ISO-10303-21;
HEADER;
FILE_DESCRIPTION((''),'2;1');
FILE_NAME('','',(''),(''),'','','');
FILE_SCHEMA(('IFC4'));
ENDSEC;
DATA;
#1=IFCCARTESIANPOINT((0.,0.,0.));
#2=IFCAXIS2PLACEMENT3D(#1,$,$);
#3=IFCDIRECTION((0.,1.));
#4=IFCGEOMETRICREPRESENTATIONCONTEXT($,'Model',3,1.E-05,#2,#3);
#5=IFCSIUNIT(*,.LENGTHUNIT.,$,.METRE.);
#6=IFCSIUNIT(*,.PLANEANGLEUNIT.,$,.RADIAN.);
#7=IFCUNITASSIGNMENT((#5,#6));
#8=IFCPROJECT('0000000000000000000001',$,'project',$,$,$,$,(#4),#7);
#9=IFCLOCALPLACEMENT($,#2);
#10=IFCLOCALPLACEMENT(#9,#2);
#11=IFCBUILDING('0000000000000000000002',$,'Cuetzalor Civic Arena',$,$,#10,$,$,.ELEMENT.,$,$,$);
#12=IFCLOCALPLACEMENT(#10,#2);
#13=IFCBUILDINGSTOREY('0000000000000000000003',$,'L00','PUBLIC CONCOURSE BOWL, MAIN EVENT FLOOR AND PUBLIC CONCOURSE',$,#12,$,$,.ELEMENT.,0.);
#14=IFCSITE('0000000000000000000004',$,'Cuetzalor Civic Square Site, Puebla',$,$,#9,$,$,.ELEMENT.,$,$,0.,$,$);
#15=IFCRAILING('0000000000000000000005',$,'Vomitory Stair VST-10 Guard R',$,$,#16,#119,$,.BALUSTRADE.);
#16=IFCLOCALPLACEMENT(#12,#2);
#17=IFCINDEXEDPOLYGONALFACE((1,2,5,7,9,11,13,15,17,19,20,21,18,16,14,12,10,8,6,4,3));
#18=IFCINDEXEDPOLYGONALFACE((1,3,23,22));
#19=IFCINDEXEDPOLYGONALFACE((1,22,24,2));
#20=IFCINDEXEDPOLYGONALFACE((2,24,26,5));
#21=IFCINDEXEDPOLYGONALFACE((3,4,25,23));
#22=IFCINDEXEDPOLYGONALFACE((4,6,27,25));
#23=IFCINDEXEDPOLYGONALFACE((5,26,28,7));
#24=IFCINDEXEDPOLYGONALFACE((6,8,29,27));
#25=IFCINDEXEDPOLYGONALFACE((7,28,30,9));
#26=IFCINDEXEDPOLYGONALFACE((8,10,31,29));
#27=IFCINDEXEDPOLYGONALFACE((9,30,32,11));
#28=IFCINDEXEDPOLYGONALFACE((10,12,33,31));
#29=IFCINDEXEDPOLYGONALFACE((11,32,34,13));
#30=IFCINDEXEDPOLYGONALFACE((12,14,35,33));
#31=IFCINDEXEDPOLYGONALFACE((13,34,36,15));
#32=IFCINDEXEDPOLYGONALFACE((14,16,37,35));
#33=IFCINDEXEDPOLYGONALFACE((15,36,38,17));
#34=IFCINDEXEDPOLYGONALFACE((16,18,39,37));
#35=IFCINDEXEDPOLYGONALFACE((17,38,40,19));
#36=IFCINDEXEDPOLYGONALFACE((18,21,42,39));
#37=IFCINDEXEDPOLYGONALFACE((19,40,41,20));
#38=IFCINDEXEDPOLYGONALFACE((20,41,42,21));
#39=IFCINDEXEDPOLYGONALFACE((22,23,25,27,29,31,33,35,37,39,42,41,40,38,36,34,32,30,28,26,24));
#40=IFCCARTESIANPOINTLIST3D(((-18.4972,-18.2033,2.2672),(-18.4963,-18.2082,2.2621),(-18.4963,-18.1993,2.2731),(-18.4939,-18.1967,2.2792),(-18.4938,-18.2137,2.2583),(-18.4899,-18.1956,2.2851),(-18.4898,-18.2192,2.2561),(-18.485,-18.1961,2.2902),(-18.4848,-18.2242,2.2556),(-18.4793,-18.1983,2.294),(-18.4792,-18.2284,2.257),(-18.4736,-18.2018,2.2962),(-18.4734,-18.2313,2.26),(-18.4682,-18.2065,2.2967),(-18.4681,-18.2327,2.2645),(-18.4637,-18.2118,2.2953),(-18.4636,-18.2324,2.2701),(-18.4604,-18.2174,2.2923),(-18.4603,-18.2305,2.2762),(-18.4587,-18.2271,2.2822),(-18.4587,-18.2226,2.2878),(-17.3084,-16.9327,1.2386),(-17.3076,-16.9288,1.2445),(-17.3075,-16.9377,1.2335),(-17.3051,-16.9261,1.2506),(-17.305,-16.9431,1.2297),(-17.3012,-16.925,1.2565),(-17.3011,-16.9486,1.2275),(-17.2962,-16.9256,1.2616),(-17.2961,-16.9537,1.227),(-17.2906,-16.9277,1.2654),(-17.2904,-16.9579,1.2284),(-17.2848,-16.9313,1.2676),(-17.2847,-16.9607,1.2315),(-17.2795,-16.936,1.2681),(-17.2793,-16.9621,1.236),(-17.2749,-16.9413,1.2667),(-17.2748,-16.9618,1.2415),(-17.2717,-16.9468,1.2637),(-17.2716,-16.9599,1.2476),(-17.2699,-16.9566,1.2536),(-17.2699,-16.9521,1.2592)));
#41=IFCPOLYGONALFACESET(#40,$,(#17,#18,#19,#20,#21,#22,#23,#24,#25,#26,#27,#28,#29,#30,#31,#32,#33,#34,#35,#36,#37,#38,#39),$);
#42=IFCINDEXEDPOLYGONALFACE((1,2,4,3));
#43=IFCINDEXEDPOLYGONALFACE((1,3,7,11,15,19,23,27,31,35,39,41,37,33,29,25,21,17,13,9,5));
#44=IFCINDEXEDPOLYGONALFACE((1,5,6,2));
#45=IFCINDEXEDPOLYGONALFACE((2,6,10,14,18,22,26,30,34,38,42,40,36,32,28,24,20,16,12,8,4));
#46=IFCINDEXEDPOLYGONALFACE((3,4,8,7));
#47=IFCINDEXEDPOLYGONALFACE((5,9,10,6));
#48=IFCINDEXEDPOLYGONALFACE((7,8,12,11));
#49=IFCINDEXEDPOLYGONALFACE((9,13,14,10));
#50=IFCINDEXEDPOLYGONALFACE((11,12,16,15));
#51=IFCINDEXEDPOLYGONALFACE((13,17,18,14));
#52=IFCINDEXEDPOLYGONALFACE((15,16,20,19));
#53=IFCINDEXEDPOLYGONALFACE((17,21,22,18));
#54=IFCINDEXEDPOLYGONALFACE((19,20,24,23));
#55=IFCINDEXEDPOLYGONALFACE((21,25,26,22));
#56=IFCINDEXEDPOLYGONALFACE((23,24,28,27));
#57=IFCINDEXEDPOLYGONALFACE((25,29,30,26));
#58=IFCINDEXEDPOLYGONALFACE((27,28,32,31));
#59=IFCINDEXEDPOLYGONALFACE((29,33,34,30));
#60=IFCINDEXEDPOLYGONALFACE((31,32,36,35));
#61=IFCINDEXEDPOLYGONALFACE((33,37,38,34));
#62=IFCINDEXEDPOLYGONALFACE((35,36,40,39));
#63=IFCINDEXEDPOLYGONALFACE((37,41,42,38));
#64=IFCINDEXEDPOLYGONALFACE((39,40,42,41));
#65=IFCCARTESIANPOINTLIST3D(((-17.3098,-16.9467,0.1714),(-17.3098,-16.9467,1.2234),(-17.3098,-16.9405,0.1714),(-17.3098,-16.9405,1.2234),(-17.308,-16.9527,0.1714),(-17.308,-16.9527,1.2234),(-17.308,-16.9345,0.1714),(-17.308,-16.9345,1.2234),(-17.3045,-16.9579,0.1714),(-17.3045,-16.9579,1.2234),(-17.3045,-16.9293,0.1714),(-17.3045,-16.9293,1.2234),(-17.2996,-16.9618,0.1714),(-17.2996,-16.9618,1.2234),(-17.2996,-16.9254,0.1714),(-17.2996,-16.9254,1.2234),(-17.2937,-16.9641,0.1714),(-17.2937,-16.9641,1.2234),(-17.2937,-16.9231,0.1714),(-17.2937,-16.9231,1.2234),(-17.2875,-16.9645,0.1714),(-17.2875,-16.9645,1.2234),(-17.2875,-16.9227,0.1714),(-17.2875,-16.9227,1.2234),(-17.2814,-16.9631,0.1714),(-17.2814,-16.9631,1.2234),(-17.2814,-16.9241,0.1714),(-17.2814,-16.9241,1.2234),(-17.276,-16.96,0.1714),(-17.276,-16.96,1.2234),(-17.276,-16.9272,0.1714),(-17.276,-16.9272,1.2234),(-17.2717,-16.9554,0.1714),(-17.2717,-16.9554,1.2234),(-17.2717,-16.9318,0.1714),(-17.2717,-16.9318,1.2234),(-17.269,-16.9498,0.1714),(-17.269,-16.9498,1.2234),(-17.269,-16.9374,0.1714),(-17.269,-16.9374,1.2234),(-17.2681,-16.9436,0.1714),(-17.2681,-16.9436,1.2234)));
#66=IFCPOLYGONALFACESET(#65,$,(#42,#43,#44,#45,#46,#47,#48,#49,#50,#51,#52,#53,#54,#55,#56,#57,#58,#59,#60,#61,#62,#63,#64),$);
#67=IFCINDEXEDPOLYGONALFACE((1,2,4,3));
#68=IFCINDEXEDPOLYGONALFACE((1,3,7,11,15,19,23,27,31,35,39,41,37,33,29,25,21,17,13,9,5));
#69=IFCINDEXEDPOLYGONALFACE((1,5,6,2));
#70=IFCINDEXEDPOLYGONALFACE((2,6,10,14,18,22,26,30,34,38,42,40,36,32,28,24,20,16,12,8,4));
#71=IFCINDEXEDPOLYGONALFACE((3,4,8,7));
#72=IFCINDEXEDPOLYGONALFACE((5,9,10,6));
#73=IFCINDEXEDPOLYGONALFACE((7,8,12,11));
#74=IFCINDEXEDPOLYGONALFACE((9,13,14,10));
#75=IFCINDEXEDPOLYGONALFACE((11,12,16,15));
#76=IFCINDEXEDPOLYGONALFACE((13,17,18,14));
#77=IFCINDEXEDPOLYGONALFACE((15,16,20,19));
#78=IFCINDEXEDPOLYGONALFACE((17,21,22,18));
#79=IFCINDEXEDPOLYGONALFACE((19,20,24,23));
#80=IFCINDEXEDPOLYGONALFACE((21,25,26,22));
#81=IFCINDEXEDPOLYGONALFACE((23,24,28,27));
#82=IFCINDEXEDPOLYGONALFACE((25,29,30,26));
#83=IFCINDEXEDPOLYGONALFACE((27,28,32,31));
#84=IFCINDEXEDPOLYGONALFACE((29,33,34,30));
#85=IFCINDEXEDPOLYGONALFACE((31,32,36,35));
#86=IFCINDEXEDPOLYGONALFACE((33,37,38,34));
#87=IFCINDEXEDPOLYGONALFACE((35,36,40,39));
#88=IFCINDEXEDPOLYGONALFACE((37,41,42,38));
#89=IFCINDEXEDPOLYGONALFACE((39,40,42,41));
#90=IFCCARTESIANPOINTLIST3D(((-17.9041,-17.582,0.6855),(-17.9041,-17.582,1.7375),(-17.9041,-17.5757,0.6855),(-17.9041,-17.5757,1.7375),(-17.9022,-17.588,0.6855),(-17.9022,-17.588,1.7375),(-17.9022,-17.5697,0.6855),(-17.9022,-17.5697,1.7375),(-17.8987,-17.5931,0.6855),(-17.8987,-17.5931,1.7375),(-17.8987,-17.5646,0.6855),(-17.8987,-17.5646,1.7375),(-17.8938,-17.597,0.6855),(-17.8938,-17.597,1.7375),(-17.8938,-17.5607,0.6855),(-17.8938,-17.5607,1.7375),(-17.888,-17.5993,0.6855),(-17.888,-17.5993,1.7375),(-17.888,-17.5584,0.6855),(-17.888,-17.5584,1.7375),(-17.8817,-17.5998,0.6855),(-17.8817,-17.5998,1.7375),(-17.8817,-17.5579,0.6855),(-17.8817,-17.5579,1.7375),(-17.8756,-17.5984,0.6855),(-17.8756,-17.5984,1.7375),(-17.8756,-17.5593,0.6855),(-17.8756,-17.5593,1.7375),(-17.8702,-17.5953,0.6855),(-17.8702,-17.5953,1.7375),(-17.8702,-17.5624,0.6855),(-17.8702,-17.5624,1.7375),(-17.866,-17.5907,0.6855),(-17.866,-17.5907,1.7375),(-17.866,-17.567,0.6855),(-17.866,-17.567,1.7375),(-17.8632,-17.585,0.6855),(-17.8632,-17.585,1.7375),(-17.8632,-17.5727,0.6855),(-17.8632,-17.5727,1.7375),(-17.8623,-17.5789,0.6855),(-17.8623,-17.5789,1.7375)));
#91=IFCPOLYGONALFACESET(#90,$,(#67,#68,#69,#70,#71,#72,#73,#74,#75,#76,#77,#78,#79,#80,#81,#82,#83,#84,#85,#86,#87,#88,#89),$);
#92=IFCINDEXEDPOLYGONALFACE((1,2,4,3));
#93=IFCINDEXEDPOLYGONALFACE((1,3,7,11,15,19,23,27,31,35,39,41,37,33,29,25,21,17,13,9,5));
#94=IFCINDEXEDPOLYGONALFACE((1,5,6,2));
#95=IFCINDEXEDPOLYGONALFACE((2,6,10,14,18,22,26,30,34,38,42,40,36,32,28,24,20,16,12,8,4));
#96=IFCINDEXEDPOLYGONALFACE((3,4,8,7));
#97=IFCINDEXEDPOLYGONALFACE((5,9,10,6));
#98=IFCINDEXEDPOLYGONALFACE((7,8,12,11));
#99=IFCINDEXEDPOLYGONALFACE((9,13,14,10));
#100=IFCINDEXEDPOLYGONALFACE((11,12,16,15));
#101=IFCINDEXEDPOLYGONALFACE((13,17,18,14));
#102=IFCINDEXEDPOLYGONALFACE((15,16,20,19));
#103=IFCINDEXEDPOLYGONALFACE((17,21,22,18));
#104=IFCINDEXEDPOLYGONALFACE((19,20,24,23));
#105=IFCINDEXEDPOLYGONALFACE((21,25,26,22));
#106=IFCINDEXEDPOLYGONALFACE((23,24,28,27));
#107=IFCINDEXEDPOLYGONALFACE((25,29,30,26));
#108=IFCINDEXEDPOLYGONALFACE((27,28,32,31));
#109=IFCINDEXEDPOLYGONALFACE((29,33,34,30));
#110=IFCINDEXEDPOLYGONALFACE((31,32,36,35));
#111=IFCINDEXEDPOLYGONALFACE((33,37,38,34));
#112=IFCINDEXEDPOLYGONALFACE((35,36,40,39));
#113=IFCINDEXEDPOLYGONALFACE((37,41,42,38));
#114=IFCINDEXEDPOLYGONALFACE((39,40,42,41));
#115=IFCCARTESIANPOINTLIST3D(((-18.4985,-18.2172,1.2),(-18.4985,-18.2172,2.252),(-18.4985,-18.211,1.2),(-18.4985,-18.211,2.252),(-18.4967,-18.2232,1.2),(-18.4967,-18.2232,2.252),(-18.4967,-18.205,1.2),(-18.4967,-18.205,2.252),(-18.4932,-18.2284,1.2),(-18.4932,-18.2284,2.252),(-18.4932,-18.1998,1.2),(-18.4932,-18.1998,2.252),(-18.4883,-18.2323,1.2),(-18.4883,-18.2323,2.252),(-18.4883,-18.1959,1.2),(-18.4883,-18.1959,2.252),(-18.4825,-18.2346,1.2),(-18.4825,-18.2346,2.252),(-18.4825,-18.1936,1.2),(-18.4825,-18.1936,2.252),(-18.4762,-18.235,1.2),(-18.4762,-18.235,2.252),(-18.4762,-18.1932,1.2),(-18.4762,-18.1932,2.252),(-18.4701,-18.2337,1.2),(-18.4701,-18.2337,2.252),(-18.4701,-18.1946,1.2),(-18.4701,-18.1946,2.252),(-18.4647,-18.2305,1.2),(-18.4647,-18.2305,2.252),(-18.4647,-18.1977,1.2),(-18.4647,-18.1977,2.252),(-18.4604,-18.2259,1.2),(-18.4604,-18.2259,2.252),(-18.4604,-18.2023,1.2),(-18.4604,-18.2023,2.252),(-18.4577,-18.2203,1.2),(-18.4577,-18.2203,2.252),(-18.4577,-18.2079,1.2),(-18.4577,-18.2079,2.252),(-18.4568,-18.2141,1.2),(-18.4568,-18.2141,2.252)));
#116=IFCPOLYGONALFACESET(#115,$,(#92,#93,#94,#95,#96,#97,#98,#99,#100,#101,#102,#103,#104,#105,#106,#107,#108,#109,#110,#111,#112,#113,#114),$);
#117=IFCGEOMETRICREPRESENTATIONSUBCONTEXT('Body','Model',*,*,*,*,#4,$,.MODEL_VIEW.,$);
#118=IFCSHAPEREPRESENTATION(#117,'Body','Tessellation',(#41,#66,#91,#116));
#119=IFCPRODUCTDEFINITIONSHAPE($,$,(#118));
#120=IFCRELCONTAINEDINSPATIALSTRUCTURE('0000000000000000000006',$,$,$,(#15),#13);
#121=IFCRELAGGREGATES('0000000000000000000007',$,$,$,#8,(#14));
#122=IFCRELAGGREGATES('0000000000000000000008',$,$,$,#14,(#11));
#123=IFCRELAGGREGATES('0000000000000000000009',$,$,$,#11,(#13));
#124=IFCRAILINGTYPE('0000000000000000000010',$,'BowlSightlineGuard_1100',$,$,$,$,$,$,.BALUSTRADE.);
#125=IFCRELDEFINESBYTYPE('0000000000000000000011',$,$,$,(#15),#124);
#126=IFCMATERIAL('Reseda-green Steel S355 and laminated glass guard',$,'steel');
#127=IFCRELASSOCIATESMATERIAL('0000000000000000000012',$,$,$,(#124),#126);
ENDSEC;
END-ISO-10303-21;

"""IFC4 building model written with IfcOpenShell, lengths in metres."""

from ifc_helpers import new_model, si_unit, direction, frame, origin, origin_2d, place, context, subcontext, project, spatial, circle, extrude, material, type_object, element, save


model = new_model("IFC4")

# Units and contexts
model_context = context("Model", 3, precision=1e-05, world=origin(), true_north=direction((0.0, 1.0)))
body_context = subcontext(model_context, "Body", "Model", "MODEL_VIEW")
ifc_project = project(units=[si_unit("LENGTHUNIT", "METRE"), si_unit("PLANEANGLEUNIT", "RADIAN")], contexts=[model_context])

# Site, building, storey
site_placement = place(None, origin())
site = spatial("IfcSite", under=ifc_project, at=site_placement, Name="Cuetzalor Civic Square Site, Puebla", CompositionType="ELEMENT", RefElevation=0.0)
building_placement = place(site_placement, origin())
building = spatial("IfcBuilding", under=site, at=building_placement, Name="Cuetzalor Civic Arena", CompositionType="ELEMENT")
storey_placement = place(building_placement, origin())
storey = spatial("IfcBuildingStorey", under=building, at=storey_placement, Name="L00", Description="PUBLIC CONCOURSE BOWL, MAIN EVENT FLOOR AND PUBLIC CONCOURSE", CompositionType="ELEMENT", Elevation=0.0)

# Railing
ifc_material_1 = material(Name="Reseda-green Steel S355 and laminated glass guard", Category="steel")
railing_type_1 = type_object("IfcRailingType", Name="BowlSightlineGuard_1100", PredefinedType="BALUSTRADE", material=ifc_material_1)
railing_1_placement = place(storey_placement, frame((-17.2891, -16.9436, 0.1714)))
element("IfcRailing", 1, at=railing_1_placement, inside=storey, type_object=railing_type_1, Name="Vomitory Stair VST-10 Guard R", PredefinedType="BALUSTRADE", context=body_context, shape_type="SweptSolid", body=[
    extrude(circle(Radius=0.0239, at=origin_2d()), frame((0.0, 0.0, 1.0762), z_axis=(-0.58813, -0.628595, 0.508892), x_axis=(0.730219, -0.683213, 0.0)), (0.0, 0.0, 1.0), 2.0212),
    extrude(circle(Radius=0.021, at=origin_2d()), origin(), (0.0, 0.0, 1.0), 1.052),
    extrude(circle(Radius=0.021, at=origin_2d()), frame((-0.5942, -0.6353, 0.5142)), (0.0, 0.0, 1.0), 1.052),
    extrude(circle(Radius=0.021, at=origin_2d()), frame((-1.1887, -1.2705, 1.0286)), (0.0, 0.0, 1.0), 1.052),
])

save(model, "model.ifc")
